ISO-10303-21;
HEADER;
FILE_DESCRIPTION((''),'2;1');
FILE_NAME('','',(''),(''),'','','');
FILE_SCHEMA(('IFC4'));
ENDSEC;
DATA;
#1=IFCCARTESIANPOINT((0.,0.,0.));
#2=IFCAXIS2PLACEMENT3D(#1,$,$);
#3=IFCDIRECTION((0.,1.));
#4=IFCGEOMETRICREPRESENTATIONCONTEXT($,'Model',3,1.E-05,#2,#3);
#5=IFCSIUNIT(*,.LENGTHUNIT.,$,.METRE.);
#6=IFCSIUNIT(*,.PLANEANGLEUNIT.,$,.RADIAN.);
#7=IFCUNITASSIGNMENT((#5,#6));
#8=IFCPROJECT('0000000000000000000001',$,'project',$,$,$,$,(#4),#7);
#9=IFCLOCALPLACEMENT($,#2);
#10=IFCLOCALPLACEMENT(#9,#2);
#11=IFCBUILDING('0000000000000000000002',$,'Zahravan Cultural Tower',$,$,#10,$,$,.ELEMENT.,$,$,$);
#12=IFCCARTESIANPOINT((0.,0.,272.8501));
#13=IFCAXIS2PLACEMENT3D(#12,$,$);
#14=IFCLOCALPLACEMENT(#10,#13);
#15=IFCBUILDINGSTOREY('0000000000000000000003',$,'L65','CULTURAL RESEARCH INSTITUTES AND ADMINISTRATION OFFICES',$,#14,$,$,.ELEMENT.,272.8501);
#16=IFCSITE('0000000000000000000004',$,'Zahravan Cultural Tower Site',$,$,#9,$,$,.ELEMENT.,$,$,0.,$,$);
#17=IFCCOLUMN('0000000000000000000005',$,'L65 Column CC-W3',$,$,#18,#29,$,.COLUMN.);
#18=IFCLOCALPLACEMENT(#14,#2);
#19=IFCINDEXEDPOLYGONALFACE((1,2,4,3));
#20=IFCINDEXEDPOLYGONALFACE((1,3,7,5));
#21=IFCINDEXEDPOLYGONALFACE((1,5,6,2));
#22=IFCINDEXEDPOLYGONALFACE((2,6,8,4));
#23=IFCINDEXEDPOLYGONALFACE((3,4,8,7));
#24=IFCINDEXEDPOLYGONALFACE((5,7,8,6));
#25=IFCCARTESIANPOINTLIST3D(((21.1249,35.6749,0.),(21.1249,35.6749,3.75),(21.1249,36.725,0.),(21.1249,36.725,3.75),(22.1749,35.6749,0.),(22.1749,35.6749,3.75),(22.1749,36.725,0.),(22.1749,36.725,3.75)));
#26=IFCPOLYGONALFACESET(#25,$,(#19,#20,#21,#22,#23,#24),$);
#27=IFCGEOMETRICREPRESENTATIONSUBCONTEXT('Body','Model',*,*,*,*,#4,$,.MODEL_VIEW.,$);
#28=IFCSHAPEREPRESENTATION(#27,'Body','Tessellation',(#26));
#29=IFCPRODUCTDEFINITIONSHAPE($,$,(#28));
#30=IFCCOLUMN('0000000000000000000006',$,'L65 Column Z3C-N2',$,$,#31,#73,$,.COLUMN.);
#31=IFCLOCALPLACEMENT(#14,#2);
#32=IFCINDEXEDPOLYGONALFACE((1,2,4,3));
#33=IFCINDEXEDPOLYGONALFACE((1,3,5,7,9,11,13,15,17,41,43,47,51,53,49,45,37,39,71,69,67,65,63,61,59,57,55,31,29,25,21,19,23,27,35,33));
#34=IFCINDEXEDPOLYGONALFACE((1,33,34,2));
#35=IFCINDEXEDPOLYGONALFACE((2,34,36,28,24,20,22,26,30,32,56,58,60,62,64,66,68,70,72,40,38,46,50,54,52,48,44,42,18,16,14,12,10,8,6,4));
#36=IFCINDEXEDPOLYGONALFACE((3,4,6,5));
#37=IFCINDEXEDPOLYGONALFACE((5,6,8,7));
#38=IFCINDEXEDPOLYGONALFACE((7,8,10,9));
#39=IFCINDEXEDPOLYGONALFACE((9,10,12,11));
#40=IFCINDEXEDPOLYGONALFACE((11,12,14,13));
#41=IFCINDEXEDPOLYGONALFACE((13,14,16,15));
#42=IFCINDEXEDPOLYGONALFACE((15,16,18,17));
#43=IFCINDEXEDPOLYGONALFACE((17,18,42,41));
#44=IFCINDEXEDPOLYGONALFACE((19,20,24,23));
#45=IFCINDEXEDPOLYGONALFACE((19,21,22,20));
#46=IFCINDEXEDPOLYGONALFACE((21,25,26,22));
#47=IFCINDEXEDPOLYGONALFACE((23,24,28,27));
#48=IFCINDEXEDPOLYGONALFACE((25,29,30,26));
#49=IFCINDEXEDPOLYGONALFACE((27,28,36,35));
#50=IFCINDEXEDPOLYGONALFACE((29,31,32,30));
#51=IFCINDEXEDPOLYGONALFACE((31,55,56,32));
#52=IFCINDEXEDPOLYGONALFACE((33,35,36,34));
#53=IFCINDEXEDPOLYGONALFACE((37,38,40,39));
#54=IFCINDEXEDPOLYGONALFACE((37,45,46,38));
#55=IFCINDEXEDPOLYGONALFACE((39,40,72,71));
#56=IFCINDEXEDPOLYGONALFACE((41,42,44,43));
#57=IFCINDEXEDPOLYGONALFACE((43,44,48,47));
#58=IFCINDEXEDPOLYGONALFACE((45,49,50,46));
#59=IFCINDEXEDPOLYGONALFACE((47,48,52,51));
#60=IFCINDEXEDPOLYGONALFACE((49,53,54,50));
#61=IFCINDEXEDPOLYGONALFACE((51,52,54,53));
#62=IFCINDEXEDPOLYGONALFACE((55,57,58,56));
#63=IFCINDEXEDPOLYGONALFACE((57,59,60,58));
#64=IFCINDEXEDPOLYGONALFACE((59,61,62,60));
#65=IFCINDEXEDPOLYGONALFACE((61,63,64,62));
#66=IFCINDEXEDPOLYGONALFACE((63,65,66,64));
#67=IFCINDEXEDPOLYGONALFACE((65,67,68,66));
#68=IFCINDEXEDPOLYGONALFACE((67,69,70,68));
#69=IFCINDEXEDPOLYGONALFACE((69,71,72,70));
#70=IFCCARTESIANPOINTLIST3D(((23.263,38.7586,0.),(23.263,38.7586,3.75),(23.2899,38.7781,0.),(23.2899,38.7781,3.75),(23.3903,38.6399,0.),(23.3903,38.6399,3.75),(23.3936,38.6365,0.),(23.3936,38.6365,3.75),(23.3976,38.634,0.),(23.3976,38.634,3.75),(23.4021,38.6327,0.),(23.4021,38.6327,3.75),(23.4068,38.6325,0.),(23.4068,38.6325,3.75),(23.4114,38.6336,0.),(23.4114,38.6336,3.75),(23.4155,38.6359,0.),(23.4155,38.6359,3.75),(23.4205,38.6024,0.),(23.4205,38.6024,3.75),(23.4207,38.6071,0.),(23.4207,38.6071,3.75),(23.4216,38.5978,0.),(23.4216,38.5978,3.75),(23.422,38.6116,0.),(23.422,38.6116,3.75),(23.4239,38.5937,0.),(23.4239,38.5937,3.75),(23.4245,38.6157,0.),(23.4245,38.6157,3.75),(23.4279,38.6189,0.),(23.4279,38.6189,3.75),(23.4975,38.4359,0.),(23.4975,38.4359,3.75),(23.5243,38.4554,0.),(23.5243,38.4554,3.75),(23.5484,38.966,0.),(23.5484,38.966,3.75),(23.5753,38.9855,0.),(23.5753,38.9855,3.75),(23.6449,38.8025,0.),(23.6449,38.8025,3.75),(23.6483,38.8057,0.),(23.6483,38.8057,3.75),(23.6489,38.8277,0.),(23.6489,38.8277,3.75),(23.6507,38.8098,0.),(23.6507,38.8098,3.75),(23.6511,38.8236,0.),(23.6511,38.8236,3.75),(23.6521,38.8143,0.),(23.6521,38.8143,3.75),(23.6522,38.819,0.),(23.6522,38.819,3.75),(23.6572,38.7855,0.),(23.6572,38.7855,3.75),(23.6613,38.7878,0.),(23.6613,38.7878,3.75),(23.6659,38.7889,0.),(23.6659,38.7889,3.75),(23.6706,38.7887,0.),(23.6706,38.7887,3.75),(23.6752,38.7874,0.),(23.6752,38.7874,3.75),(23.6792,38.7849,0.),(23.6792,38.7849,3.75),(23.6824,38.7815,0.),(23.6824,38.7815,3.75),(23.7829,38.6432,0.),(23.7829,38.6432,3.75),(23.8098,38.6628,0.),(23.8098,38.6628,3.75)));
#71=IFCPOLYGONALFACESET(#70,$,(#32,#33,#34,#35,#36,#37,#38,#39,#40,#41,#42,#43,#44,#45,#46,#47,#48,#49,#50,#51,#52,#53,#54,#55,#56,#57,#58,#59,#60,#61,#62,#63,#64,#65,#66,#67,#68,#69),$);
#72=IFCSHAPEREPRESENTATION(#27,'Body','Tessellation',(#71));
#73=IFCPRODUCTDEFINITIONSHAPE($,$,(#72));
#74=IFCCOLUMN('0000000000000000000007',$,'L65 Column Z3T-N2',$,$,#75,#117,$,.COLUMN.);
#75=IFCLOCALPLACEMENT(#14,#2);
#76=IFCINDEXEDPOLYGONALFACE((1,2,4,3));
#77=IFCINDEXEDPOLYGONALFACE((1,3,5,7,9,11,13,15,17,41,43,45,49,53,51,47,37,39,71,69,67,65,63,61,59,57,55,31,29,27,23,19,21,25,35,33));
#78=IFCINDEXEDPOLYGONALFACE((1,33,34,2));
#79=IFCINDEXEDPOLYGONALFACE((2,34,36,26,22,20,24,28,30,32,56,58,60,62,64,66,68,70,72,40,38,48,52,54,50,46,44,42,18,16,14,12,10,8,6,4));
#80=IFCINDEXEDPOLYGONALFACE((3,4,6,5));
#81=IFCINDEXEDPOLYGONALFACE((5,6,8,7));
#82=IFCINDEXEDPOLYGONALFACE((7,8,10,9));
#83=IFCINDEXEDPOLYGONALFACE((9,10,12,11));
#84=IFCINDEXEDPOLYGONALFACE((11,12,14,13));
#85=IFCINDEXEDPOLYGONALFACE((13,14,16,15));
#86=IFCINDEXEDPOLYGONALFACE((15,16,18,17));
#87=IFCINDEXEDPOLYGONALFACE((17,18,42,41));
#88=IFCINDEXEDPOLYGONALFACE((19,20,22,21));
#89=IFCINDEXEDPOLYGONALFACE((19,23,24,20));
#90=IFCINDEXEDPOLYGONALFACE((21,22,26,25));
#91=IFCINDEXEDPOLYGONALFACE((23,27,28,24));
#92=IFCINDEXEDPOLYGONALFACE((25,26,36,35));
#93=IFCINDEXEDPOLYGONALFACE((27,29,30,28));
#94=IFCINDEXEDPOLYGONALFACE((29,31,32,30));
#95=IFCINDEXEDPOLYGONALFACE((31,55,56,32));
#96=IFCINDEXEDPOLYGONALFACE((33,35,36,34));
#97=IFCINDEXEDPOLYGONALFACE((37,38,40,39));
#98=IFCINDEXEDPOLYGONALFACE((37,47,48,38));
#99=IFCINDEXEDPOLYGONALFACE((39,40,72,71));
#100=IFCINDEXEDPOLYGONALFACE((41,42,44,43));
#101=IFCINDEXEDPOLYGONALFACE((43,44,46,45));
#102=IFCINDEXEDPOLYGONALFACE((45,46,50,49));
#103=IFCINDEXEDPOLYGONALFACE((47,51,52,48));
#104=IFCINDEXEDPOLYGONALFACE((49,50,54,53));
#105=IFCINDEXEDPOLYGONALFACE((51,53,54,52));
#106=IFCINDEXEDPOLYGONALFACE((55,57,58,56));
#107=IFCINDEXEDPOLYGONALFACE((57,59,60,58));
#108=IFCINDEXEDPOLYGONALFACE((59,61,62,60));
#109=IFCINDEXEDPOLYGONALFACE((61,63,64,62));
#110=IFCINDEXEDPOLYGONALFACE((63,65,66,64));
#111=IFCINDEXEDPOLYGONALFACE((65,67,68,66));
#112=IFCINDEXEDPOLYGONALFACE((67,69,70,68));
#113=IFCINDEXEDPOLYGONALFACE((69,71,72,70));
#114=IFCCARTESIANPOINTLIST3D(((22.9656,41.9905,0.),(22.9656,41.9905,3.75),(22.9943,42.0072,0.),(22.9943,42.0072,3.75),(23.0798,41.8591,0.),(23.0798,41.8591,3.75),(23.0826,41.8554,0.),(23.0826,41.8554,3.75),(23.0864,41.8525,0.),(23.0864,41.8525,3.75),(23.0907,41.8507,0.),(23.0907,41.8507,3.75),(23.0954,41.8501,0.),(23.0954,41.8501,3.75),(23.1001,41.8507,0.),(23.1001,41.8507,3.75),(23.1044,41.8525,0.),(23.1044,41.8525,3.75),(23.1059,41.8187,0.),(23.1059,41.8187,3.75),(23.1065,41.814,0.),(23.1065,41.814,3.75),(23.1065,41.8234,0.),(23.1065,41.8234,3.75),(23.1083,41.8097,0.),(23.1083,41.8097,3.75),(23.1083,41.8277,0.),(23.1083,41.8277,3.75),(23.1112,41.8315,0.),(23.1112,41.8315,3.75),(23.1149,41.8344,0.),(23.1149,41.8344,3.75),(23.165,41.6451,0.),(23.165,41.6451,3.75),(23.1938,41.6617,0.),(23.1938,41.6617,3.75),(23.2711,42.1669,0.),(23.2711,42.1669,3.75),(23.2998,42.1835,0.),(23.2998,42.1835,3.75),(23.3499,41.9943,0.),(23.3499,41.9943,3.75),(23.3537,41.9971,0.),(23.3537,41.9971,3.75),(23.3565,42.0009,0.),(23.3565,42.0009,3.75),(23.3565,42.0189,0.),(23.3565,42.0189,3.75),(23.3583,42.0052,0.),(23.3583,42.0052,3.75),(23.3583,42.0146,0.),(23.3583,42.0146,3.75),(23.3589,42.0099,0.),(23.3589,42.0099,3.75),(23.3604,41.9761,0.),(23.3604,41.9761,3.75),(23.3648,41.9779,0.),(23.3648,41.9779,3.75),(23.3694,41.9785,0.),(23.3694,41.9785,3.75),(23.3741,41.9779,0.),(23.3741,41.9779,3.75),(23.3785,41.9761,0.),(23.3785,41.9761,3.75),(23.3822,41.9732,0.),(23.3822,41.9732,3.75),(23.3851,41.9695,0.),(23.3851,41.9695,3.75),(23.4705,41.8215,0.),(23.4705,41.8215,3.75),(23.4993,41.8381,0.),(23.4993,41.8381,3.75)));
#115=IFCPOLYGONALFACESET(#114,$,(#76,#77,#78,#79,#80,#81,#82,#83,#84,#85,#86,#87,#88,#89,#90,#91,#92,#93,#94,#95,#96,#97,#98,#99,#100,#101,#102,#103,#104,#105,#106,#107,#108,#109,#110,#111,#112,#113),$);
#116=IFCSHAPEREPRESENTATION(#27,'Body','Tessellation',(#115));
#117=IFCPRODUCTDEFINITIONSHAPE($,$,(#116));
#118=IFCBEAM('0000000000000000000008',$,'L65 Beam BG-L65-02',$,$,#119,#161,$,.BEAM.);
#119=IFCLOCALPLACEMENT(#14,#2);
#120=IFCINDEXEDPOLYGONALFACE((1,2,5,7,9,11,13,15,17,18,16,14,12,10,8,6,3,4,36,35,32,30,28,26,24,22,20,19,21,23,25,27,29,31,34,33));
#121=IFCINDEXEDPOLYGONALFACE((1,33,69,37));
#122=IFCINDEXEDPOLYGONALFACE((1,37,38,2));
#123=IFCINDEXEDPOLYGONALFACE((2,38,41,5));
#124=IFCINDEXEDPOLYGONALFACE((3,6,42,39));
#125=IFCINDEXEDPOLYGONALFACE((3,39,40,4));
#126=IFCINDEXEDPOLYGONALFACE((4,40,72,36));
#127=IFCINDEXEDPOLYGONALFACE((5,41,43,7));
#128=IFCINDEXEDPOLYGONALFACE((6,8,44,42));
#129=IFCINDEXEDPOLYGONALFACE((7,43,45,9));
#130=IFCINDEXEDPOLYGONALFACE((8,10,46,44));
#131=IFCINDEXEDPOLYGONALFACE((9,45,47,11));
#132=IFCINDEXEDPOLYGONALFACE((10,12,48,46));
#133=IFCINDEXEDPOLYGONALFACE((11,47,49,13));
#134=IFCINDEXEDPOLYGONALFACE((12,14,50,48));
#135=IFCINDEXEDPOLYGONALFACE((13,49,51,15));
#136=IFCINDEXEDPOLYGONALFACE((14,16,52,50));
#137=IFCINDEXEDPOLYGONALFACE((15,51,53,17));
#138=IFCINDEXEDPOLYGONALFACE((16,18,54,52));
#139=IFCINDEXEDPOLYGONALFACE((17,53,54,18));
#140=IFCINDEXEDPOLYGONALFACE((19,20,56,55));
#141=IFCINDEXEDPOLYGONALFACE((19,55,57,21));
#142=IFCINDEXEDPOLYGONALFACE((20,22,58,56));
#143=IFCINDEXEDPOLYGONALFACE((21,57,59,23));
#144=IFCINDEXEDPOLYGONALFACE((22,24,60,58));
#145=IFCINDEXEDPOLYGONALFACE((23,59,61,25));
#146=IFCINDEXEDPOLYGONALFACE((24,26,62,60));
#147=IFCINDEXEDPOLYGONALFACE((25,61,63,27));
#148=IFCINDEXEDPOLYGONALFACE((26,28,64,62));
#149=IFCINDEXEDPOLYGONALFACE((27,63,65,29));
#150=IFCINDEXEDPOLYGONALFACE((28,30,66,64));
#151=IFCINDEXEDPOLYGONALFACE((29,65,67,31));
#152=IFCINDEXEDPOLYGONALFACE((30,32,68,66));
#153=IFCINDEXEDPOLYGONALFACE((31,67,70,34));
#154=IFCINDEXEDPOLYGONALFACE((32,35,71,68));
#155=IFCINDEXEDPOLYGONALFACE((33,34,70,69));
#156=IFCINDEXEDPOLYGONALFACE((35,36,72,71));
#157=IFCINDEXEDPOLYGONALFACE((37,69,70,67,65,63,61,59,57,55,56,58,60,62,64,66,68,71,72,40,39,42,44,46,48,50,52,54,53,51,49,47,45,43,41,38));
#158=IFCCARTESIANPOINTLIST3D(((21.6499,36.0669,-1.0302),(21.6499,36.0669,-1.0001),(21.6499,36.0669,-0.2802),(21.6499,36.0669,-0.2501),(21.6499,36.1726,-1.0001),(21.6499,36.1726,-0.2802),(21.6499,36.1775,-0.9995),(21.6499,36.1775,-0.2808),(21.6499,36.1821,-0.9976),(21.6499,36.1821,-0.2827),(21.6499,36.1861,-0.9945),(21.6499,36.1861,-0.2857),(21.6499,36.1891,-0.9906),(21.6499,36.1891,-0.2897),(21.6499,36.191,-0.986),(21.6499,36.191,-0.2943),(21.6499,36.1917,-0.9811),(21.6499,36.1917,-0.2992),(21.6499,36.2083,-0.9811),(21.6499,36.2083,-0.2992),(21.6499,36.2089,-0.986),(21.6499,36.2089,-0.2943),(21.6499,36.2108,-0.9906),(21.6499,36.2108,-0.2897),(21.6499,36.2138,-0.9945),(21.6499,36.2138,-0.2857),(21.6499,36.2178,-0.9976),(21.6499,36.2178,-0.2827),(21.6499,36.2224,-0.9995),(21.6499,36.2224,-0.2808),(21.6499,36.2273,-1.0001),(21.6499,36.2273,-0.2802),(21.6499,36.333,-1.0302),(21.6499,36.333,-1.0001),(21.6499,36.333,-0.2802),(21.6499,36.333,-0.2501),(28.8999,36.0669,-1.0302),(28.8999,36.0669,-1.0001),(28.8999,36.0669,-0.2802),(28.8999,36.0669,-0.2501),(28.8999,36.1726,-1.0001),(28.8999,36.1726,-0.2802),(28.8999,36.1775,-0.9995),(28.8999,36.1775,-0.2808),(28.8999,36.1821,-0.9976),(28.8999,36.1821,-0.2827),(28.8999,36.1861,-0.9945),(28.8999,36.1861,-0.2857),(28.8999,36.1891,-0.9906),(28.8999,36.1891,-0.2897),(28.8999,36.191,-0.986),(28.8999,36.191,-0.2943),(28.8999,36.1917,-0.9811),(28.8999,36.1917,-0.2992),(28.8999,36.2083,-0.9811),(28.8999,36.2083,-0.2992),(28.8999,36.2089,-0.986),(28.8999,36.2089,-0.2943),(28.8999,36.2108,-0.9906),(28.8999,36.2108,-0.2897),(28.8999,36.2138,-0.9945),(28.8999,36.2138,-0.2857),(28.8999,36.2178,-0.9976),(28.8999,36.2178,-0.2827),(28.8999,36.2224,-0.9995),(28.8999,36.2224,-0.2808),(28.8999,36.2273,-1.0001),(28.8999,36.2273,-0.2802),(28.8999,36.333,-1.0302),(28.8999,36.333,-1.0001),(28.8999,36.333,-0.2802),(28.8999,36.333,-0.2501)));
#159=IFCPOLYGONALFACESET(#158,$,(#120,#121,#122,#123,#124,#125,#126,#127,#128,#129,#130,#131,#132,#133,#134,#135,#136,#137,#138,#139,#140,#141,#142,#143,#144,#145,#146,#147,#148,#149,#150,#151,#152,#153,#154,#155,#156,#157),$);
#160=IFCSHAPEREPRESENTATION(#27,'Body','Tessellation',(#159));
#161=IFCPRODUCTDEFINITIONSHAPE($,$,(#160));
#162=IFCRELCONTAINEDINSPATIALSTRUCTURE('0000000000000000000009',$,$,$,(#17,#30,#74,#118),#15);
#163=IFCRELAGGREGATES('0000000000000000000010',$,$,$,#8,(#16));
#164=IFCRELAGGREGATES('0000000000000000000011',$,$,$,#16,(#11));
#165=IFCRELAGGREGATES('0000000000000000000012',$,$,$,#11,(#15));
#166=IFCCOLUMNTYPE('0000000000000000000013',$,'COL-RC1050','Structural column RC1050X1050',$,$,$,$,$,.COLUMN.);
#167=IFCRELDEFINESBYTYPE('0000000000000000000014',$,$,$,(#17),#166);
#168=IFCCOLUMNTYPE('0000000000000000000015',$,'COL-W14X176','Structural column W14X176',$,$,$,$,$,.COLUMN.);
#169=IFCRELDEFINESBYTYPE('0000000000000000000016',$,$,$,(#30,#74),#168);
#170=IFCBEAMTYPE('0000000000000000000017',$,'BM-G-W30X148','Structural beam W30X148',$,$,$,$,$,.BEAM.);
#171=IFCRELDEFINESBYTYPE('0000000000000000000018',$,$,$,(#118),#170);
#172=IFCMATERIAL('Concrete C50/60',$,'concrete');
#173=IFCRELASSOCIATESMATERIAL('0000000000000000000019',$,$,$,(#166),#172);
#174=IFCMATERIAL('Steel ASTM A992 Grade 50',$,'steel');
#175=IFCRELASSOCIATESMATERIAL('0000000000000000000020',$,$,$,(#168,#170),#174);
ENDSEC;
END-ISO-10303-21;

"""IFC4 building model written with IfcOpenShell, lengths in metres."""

from ifc_helpers import new_model, si_unit, direction, frame, origin, origin_2d, place, context, subcontext, project, spatial, rectangle, i_section, extrude, source, transform, mapped, material, material_profile, profile_set, type_object, element, save


model = new_model("IFC4")

# Units and contexts
model_context = context("Model", 3, precision=1e-05, world=origin(), true_north=direction((0.0, 1.0)))
body_context = subcontext(model_context, "Body", "Model", "MODEL_VIEW")
ifc_project = project(units=[si_unit("LENGTHUNIT", "METRE"), si_unit("PLANEANGLEUNIT", "RADIAN")], contexts=[model_context])

# Site, building, storey
site_placement = place(None, origin())
site = spatial("IfcSite", under=ifc_project, at=site_placement, Name="Zahravan Cultural Tower Site", CompositionType="ELEMENT", RefElevation=0.0)
building_placement = place(site_placement, origin())
building = spatial("IfcBuilding", under=site, at=building_placement, Name="Zahravan Cultural Tower", CompositionType="ELEMENT")
storey_placement = place(building_placement, frame((0.0, 0.0, 272.8501)))
storey = spatial("IfcBuildingStorey", under=building, at=storey_placement, Name="L65", Description="CULTURAL RESEARCH INSTITUTES AND ADMINISTRATION OFFICES", CompositionType="ELEMENT", Elevation=272.8501)

# Columns
ifc_material_1 = material(Name="Concrete C50/60", Category="concrete")
ifc_material_profile_1 = material_profile(ifc_material_1, rectangle(XDim=1.05, YDim=1.05, at=origin_2d()), Name="RC1050X1050")
ifc_profile_set_1 = profile_set([ifc_material_profile_1], Name="Concrete C50/60")
column_type_1 = type_object("IfcColumnType", Name="COL-RC1050", Description="Structural column RC1050X1050", PredefinedType="COLUMN", material=ifc_profile_set_1)
shared_shape_1 = source(origin(), body_context, "Body", "SweptSolid", [
    extrude(rectangle(XDim=1.05, YDim=1.05, at=origin_2d()), origin(), (0.0, 0.0, 1.0), 3.75),
])
column_placement = place(storey_placement, frame((21.6499, 36.2, 0.0), z_axis=(0.0, 0.0, 1.0), x_axis=(1.0, 0.0, 0.0)))
element("IfcColumn", 1, at=column_placement, inside=storey, type_object=column_type_1, Name="L65 Column CC-W3", PredefinedType="COLUMN", context=body_context, shape_type="MappedRepresentation", body=[
    mapped(shared_shape_1, transform((0.0, 0.0, 0.0), x_axis=(1.0, 0.0, 0.0), y_axis=(0.0, 1.0, 0.0), z_axis=(0.0, 0.0, 1.0), scale=1.0)),
])
ifc_material_2 = material(Name="Steel ASTM A992 Grade 50", Category="steel")
ifc_material_profile_2 = material_profile(ifc_material_2, i_section(OverallWidth=0.3989, OverallDepth=0.386, WebThickness=0.021, FlangeThickness=0.0332, FilletRadius=0.0181, at=origin_2d()), Name="W14X176")
ifc_profile_set_2 = profile_set([ifc_material_profile_2], Name="Steel ASTM A992 Grade 50")
column_type_2 = type_object("IfcColumnType", Name="COL-W14X176", Description="Structural column W14X176", PredefinedType="COLUMN", material=ifc_profile_set_2)
shared_shape_2 = source(origin(), body_context, "Body", "SweptSolid", [
    extrude(i_section(OverallWidth=0.3989, OverallDepth=0.386, WebThickness=0.021, FlangeThickness=0.0332, FilletRadius=0.0181, at=origin_2d()), origin(), (0.0, 0.0, 1.0), 3.75),
])
for number, where, z_axis, x_axis, name in (
    (2, (23.5364, 38.7107, 0.0), (0.0, 0.0, 1.0), (-0.587785, 0.809017, 0.0), "L65 Column Z3C-N2"),
    (3, (23.2324, 41.9143, 0.0), (0.0, 0.0, 1.0), (-0.5, 0.866025, 0.0), "L65 Column Z3T-N2"),
):
    element("IfcColumn", number, at=place(storey_placement, frame(where, z_axis=z_axis, x_axis=x_axis)), inside=storey, type_object=column_type_2, Name=name, PredefinedType="COLUMN", context=body_context, shape_type="MappedRepresentation", body=[
        mapped(shared_shape_2, transform((0.0, 0.0, 0.0), x_axis=(1.0, 0.0, 0.0), y_axis=(0.0, 1.0, 0.0), z_axis=(0.0, 0.0, 1.0), scale=1.0)),
    ])

# Beam
ifc_material_profile_3 = material_profile(ifc_material_2, i_section(OverallWidth=0.2661, OverallDepth=0.78, WebThickness=0.0166, FlangeThickness=0.03, FilletRadius=0.019, at=origin_2d()), Name="W30X148")
ifc_profile_set_3 = profile_set([ifc_material_profile_3], Name="Steel ASTM A992 Grade 50")
beam_type_1 = type_object("IfcBeamType", Name="BM-G-W30X148", Description="Structural beam W30X148", PredefinedType="BEAM", material=ifc_profile_set_3)
shared_shape_3 = source(origin(), body_context, "Body", "SweptSolid", [
    extrude(i_section(OverallWidth=0.2661, OverallDepth=0.78, WebThickness=0.0166, FlangeThickness=0.03, FilletRadius=0.019, at=origin_2d()), origin(), (0.0, 0.0, 1.0), 7.25),
])
beam_1_placement = place(storey_placement, frame((21.6499, 36.2, -0.6401), z_axis=(1.0, 0.0, 0.0), x_axis=(0.0, 1.0, 0.0)))
element("IfcBeam", 4, at=beam_1_placement, inside=storey, type_object=beam_type_1, Name="L65 Beam BG-L65-02", PredefinedType="BEAM", context=body_context, shape_type="MappedRepresentation", body=[
    mapped(shared_shape_3, transform((0.0, 0.0, 0.0), x_axis=(1.0, 0.0, 0.0), y_axis=(0.0, 1.0, 0.0), z_axis=(0.0, 0.0, 1.0), scale=1.0)),
])

save(model, "model.ifc")
